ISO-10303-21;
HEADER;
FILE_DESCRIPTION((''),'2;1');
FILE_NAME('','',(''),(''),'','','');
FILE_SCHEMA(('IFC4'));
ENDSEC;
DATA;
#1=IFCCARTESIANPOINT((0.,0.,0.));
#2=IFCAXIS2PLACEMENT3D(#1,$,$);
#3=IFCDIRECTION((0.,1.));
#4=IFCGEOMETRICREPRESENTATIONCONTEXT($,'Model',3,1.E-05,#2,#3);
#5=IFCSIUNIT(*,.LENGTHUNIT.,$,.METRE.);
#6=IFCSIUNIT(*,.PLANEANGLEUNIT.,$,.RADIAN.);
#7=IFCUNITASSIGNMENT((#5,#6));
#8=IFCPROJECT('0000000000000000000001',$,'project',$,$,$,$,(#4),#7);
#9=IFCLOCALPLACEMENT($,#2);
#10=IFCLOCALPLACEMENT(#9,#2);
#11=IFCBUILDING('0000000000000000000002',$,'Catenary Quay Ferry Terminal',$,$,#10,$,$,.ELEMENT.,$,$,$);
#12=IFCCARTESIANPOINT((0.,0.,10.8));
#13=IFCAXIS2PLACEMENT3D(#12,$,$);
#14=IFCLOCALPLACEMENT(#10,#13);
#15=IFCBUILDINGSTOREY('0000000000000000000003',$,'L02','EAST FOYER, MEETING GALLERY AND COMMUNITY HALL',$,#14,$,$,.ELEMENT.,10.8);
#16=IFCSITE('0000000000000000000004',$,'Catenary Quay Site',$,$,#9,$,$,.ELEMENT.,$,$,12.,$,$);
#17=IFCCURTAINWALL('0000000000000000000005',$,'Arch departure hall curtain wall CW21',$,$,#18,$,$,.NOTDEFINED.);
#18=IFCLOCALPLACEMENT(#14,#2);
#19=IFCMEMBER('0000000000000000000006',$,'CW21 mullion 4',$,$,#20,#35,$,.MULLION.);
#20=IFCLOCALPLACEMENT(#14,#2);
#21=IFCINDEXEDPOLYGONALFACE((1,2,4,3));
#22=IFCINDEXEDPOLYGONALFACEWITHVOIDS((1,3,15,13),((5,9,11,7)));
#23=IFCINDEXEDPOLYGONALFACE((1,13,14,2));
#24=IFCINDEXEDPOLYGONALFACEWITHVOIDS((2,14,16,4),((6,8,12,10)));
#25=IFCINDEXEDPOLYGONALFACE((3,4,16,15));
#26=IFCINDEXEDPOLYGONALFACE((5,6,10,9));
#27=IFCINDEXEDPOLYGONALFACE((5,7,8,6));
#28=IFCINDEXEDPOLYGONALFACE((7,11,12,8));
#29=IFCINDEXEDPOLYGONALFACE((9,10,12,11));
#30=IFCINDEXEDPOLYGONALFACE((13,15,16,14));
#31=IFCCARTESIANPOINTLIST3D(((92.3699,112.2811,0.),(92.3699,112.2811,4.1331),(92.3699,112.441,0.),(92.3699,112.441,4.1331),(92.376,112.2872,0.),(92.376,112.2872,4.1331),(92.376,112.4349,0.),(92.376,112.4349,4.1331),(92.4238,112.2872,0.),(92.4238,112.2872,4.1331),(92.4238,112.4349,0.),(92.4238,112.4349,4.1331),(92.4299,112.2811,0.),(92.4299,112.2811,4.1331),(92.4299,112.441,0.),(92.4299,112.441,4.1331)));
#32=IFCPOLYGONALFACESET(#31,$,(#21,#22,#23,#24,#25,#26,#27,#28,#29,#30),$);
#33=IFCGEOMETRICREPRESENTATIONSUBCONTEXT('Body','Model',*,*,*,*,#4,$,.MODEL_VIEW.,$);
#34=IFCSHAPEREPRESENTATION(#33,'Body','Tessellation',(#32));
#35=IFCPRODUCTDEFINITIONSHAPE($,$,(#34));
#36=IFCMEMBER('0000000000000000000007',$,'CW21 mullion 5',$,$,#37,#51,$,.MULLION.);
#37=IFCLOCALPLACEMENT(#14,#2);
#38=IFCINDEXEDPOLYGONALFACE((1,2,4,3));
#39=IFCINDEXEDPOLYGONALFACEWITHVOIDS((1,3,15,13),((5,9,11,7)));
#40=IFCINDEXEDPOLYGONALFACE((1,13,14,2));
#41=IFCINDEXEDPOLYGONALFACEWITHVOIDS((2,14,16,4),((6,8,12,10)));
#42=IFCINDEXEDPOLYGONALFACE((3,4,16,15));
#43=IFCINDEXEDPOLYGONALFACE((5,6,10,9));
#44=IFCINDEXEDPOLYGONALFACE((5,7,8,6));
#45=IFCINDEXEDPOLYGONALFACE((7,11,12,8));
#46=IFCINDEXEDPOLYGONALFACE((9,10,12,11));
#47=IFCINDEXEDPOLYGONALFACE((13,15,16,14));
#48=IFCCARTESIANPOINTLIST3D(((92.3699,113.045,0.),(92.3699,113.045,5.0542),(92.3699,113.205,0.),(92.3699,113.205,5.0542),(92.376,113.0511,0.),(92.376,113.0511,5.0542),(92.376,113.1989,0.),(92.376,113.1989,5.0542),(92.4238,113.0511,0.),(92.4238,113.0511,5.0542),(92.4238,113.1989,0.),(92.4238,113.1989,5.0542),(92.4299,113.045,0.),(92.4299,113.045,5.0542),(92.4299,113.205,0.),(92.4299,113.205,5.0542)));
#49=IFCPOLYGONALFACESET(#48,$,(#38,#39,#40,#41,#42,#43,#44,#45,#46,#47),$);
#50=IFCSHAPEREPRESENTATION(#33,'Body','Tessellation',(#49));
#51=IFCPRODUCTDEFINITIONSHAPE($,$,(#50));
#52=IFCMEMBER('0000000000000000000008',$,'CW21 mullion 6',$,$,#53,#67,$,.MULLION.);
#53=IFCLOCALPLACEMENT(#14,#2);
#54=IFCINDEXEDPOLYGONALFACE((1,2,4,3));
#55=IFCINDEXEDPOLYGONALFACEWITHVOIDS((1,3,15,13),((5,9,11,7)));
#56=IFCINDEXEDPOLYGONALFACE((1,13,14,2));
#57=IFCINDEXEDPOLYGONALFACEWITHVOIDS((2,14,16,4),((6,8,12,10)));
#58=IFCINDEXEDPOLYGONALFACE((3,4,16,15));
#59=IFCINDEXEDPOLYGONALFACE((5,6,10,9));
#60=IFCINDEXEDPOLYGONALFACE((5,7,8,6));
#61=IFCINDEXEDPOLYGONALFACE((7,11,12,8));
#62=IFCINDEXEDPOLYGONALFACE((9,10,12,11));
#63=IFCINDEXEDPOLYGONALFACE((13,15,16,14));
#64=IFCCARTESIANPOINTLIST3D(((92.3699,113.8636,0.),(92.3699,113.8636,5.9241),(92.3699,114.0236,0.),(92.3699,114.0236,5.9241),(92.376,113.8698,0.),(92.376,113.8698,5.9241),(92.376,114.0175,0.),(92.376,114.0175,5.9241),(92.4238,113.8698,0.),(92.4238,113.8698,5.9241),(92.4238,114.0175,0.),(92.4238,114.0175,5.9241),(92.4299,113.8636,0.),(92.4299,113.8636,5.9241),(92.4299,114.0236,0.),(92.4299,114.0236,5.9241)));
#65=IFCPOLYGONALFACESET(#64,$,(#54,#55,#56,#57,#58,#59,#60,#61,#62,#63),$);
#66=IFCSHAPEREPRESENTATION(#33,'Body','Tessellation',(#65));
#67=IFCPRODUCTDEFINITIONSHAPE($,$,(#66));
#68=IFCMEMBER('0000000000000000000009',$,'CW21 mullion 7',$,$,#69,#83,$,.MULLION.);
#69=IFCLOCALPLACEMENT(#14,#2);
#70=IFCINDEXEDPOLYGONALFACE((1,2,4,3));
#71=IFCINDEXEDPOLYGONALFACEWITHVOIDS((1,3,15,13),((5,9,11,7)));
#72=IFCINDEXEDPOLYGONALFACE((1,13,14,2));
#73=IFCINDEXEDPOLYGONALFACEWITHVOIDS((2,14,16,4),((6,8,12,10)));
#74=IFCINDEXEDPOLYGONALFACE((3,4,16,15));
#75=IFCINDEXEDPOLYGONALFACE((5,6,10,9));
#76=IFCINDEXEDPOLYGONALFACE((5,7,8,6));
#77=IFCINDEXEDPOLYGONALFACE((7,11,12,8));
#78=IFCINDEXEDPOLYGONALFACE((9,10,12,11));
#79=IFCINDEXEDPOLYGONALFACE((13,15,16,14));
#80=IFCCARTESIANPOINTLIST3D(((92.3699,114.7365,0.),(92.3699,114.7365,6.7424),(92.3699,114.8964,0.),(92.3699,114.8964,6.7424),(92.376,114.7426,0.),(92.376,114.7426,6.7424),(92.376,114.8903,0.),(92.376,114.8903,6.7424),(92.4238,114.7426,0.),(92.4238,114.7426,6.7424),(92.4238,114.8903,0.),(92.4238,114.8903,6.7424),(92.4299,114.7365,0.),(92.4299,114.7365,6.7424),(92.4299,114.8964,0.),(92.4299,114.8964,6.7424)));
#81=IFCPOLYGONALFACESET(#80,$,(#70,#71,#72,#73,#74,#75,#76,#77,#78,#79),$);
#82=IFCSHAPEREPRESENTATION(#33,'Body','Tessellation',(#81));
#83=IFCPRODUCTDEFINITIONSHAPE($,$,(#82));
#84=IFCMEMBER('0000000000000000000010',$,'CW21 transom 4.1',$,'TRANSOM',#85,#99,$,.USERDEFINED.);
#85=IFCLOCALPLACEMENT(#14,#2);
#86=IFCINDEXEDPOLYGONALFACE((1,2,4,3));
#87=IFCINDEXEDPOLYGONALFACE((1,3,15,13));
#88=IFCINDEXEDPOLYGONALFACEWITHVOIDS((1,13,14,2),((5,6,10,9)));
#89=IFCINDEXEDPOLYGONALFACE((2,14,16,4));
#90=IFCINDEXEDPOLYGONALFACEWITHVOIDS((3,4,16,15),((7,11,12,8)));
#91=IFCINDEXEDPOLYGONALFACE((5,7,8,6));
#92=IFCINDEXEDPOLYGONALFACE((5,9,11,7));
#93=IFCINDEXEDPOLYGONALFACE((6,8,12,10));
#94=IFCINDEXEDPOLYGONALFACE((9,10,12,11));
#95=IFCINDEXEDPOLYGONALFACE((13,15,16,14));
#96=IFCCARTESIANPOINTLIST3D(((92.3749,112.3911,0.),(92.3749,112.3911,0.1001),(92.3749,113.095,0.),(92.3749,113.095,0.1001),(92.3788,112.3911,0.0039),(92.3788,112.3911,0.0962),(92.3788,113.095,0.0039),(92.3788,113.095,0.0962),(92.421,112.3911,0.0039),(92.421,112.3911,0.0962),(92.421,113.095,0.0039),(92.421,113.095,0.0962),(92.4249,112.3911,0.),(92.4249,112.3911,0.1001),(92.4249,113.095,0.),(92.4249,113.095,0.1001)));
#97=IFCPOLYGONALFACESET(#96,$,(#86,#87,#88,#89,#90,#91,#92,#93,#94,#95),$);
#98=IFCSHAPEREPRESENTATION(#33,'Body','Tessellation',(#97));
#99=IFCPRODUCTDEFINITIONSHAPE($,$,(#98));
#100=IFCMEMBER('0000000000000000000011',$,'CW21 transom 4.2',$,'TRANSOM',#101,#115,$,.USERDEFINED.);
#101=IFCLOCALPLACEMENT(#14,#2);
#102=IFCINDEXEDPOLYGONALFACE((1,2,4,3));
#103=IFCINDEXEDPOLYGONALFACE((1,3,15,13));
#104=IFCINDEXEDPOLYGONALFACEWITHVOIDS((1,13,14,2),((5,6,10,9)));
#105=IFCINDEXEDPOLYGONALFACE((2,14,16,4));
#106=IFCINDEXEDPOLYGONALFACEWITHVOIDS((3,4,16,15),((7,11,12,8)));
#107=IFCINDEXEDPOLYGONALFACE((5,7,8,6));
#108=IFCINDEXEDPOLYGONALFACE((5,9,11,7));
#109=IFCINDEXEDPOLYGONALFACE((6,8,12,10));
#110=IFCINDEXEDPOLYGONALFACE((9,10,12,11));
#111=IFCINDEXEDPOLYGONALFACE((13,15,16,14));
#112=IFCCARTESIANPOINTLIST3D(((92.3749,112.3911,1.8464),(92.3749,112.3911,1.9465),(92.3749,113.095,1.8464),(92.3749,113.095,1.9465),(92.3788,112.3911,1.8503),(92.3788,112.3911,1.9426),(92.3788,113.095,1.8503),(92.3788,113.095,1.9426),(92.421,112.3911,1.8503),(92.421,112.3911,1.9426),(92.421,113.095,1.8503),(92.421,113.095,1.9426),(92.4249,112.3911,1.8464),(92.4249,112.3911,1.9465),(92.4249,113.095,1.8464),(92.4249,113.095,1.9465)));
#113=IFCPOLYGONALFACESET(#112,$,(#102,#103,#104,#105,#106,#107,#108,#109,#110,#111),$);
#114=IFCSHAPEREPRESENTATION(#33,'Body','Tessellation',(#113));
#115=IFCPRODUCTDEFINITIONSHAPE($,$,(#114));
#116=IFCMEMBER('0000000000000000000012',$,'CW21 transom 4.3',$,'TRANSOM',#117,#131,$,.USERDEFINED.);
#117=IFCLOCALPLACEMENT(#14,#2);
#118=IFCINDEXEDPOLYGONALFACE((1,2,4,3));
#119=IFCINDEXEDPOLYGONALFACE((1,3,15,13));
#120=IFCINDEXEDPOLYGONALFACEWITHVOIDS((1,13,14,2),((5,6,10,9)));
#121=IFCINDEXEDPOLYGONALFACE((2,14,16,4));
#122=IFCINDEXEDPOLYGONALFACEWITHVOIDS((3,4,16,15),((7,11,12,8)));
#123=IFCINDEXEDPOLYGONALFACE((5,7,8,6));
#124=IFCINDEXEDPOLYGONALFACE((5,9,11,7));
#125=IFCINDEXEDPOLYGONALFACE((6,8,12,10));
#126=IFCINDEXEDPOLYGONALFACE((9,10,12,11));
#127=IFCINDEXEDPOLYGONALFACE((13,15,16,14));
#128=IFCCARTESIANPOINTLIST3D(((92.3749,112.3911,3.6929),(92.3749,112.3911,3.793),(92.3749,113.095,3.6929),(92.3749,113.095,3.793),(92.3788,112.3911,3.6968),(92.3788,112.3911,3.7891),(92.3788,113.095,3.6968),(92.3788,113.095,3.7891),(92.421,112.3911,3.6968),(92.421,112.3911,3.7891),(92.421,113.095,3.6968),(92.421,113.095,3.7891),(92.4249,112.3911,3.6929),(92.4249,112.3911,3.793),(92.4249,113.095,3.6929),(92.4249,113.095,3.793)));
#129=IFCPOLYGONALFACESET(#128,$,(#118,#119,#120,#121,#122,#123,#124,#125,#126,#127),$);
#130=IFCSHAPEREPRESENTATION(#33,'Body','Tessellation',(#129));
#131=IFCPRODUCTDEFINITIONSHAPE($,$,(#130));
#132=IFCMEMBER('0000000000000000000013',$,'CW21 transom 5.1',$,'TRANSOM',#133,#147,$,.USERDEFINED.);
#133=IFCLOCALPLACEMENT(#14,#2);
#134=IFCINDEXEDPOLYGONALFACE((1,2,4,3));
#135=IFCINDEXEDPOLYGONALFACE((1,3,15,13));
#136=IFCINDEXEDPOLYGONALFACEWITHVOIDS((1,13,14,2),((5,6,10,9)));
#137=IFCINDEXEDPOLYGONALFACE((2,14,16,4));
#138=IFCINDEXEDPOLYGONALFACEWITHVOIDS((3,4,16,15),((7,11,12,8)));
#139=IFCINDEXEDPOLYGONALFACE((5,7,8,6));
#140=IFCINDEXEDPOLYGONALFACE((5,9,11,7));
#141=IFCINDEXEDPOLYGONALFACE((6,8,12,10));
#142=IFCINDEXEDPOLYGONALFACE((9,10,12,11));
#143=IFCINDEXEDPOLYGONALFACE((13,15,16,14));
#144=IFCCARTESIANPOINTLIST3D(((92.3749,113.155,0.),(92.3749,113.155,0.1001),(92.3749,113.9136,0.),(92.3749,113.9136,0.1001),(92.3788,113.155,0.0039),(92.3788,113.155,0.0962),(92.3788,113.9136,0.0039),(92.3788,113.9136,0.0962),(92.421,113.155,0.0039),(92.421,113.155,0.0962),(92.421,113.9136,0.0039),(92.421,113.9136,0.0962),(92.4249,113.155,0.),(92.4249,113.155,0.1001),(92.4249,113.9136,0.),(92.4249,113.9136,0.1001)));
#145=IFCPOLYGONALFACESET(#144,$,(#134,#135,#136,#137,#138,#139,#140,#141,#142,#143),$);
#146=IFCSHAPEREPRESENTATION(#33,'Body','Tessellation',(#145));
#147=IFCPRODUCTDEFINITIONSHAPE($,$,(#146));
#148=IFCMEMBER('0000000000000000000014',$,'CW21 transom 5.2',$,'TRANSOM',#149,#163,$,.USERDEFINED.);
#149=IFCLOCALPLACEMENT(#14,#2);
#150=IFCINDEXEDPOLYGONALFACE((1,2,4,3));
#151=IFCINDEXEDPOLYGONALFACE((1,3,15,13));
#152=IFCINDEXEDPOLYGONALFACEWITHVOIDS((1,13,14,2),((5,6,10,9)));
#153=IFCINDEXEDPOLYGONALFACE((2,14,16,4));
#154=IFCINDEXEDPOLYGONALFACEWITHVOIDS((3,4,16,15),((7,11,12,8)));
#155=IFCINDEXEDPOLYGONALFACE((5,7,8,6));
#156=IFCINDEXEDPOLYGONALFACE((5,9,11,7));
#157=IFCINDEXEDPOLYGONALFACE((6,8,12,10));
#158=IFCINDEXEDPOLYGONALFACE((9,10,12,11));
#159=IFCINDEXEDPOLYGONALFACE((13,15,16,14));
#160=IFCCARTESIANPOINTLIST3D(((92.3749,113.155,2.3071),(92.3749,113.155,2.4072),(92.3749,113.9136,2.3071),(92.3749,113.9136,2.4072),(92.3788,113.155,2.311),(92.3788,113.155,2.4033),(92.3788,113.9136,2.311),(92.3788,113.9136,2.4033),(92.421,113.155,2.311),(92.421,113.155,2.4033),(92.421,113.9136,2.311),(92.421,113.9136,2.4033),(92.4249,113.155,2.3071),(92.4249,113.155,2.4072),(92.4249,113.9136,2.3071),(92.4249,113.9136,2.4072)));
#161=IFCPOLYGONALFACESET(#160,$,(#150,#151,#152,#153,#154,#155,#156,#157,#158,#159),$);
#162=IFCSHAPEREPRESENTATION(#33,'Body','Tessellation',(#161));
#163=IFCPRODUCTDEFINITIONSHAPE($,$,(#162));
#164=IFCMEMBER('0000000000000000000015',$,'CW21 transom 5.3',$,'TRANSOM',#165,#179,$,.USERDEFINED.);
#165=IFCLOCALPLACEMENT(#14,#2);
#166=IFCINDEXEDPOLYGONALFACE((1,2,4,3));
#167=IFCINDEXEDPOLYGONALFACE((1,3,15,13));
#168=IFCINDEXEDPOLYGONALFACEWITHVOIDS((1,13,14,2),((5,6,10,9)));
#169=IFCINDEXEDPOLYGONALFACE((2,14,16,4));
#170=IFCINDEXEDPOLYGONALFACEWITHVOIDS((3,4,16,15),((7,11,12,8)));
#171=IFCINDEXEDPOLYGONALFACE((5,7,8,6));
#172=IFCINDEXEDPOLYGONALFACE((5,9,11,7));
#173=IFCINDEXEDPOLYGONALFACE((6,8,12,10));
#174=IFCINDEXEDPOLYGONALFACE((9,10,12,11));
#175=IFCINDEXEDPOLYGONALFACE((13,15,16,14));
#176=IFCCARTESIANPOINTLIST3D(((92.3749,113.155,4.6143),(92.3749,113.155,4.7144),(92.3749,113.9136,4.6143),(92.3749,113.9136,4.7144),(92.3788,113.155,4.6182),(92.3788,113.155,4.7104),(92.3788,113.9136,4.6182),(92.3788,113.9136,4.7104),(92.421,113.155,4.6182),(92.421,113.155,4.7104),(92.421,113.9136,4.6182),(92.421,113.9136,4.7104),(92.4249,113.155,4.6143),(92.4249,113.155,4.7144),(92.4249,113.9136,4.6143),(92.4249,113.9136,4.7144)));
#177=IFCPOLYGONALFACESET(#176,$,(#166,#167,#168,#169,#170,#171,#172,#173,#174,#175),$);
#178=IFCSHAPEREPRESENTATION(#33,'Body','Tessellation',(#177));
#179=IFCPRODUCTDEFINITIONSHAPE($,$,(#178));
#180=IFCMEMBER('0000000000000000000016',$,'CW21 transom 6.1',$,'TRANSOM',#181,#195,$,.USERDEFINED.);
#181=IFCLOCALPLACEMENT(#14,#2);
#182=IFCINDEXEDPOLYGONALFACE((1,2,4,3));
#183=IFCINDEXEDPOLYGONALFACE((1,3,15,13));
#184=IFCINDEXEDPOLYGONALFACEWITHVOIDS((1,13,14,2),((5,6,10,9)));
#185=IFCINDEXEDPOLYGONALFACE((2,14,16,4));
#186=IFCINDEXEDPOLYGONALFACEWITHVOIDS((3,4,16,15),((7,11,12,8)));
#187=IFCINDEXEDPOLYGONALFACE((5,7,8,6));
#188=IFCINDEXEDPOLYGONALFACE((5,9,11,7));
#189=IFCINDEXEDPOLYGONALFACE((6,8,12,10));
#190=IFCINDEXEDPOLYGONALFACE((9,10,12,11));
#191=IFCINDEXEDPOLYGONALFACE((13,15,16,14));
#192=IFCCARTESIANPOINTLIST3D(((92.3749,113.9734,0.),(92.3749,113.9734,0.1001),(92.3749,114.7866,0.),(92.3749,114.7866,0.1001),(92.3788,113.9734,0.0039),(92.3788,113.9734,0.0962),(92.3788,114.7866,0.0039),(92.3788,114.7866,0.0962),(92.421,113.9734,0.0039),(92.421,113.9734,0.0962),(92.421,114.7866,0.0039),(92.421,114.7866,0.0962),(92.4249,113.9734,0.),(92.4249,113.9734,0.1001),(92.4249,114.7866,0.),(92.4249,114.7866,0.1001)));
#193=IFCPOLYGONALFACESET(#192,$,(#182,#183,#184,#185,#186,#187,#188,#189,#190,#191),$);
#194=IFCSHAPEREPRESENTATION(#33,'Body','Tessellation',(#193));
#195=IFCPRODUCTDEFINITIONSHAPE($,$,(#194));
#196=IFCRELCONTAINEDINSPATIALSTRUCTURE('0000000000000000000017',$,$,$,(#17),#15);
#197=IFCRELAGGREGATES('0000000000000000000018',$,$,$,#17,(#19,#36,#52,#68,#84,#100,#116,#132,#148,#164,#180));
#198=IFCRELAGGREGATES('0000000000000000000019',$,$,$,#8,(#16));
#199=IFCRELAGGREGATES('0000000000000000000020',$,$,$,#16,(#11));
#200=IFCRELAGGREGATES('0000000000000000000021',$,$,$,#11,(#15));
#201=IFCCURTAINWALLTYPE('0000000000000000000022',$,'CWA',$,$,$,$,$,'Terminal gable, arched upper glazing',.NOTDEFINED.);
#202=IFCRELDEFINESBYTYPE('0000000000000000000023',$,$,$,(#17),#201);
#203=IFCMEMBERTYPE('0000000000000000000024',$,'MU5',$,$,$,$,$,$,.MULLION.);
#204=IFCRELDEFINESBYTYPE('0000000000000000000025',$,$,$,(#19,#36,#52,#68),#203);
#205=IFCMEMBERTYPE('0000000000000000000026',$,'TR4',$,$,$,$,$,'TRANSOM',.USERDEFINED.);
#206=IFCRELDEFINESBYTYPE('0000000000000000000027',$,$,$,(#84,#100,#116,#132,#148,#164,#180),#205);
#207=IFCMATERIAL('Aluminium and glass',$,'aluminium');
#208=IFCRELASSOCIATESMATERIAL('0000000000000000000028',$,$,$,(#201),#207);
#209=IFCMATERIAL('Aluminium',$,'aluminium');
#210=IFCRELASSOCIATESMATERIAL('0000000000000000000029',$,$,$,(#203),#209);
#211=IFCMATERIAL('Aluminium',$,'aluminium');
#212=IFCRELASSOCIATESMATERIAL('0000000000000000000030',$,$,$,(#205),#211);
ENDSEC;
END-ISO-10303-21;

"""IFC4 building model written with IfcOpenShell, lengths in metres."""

from ifc_helpers import new_model, si_unit, direction, frame, origin, origin_2d, place, context, subcontext, project, spatial, hollow_rectangle, extrude, material, material_profile, profile_set, type_object, element, aggregate, save


model = new_model("IFC4")

# Units and contexts
model_context = context("Model", 3, precision=1e-05, world=origin(), true_north=direction((0.0, 1.0)))
body_context = subcontext(model_context, "Body", "Model", "MODEL_VIEW")
ifc_project = project(units=[si_unit("LENGTHUNIT", "METRE"), si_unit("PLANEANGLEUNIT", "RADIAN")], contexts=[model_context])

# Site, building, storey
site_placement = place(None, origin())
site = spatial("IfcSite", under=ifc_project, at=site_placement, Name="Catenary Quay Site", CompositionType="ELEMENT", RefElevation=12.0)
building_placement = place(site_placement, origin())
building = spatial("IfcBuilding", under=site, at=building_placement, Name="Catenary Quay Ferry Terminal", CompositionType="ELEMENT")
storey_placement = place(building_placement, frame((0.0, 0.0, 10.8)))
storey = spatial("IfcBuildingStorey", under=building, at=storey_placement, Name="L02", Description="EAST FOYER, MEETING GALLERY AND COMMUNITY HALL", CompositionType="ELEMENT", Elevation=10.8)

# Curtain wall, members
ifc_material_1 = material(Name="Aluminium and glass", Category="aluminium")
curtain_wall_type = type_object("IfcCurtainWallType", Name="CWA", ElementType="Terminal gable, arched upper glazing", PredefinedType="NOTDEFINED", material=ifc_material_1)
curtain_wall_placement = place(storey_placement, origin())
curtain_wall = element("IfcCurtainWall", 1, at=curtain_wall_placement, inside=storey, type_object=curtain_wall_type, Name="Arch departure hall curtain wall CW21", PredefinedType="NOTDEFINED")
ifc_material_2 = material(Name="Aluminium", Category="aluminium")
ifc_material_profile_1 = material_profile(ifc_material_2, hollow_rectangle(XDim=0.0601, YDim=0.1599, WallThickness=0.0061, at=origin_2d()), Name="MU5")
ifc_profile_set_1 = profile_set([ifc_material_profile_1], Name="Aluminium")
member_type_1 = type_object("IfcMemberType", Name="MU5", PredefinedType="MULLION", material=ifc_profile_set_1)
member_1_placement = place(storey_placement, frame((92.3999, 112.3611, 0.0), z_axis=(0.0, 0.0, 1.0), x_axis=(-1.0, 0.0, 0.0)))
member_1 = element("IfcMember", 2, at=member_1_placement, type_object=member_type_1, Name="CW21 mullion 4", PredefinedType="MULLION", context=body_context, shape_type="SweptSolid", body=[
    extrude(hollow_rectangle(XDim=0.0601, YDim=0.1599, WallThickness=0.0061, at=origin_2d()), origin(), (0.0, 0.0, 1.0), 4.1331),
])
member_2_placement = place(storey_placement, frame((92.3999, 113.125, 0.0), z_axis=(0.0, 0.0, 1.0), x_axis=(-1.0, 0.0, 0.0)))
member_2 = element("IfcMember", 3, at=member_2_placement, type_object=member_type_1, Name="CW21 mullion 5", PredefinedType="MULLION", context=body_context, shape_type="SweptSolid", body=[
    extrude(hollow_rectangle(XDim=0.0601, YDim=0.1599, WallThickness=0.0061, at=origin_2d()), origin(), (0.0, 0.0, 1.0), 5.0542),
])
member_3_placement = place(storey_placement, frame((92.3999, 113.9436, 0.0), z_axis=(0.0, 0.0, 1.0), x_axis=(-1.0, 0.0, 0.0)))
member_3 = element("IfcMember", 4, at=member_3_placement, type_object=member_type_1, Name="CW21 mullion 6", PredefinedType="MULLION", context=body_context, shape_type="SweptSolid", body=[
    extrude(hollow_rectangle(XDim=0.0601, YDim=0.1599, WallThickness=0.0061, at=origin_2d()), origin(), (0.0, 0.0, 1.0), 5.9241),
])
member_4_placement = place(storey_placement, frame((92.3999, 114.8164, 0.0), z_axis=(0.0, 0.0, 1.0), x_axis=(-1.0, 0.0, 0.0)))
member_4 = element("IfcMember", 5, at=member_4_placement, type_object=member_type_1, Name="CW21 mullion 7", PredefinedType="MULLION", context=body_context, shape_type="SweptSolid", body=[
    extrude(hollow_rectangle(XDim=0.0601, YDim=0.1599, WallThickness=0.0061, at=origin_2d()), origin(), (0.0, 0.0, 1.0), 6.7424),
])
ifc_material_3 = material(Name="Aluminium", Category="aluminium")
ifc_material_profile_2 = material_profile(ifc_material_3, hollow_rectangle(XDim=0.05, YDim=0.1001, WallThickness=0.0039, at=origin_2d()), Name="TR4")
ifc_profile_set_2 = profile_set([ifc_material_profile_2], Name="Aluminium")
member_type_2 = type_object("IfcMemberType", Name="TR4", ElementType="TRANSOM", PredefinedType="USERDEFINED", material=ifc_profile_set_2)
member_5_placement = place(storey_placement, frame((92.3999, 112.3911, 0.05), z_axis=(0.0, 1.0, 0.0), x_axis=(-1.0, 0.0, 0.0)))
member_5 = element("IfcMember", 6, at=member_5_placement, type_object=member_type_2, Name="CW21 transom 4.1", ObjectType="TRANSOM", PredefinedType="USERDEFINED", context=body_context, shape_type="SweptSolid", body=[
    extrude(hollow_rectangle(XDim=0.05, YDim=0.1001, WallThickness=0.0039, at=origin_2d()), origin(), (0.0, 0.0, 1.0), 0.7039),
])
member_6_placement = place(storey_placement, frame((92.3999, 112.3911, 1.8965), z_axis=(0.0, 1.0, 0.0), x_axis=(-1.0, 0.0, 0.0)))
member_6 = element("IfcMember", 7, at=member_6_placement, type_object=member_type_2, Name="CW21 transom 4.2", ObjectType="TRANSOM", PredefinedType="USERDEFINED", context=body_context, shape_type="SweptSolid", body=[
    extrude(hollow_rectangle(XDim=0.05, YDim=0.1001, WallThickness=0.0039, at=origin_2d()), origin(), (0.0, 0.0, 1.0), 0.7039),
])
member_7_placement = place(storey_placement, frame((92.3999, 112.3911, 3.7429), z_axis=(0.0, 1.0, 0.0), x_axis=(-1.0, 0.0, 0.0)))
member_7 = element("IfcMember", 8, at=member_7_placement, type_object=member_type_2, Name="CW21 transom 4.3", ObjectType="TRANSOM", PredefinedType="USERDEFINED", context=body_context, shape_type="SweptSolid", body=[
    extrude(hollow_rectangle(XDim=0.05, YDim=0.1001, WallThickness=0.0039, at=origin_2d()), origin(), (0.0, 0.0, 1.0), 0.7039),
])
member_8_placement = place(storey_placement, frame((92.3999, 113.155, 0.05), z_axis=(0.0, 1.0, 0.0), x_axis=(-1.0, 0.0, 0.0)))
member_8 = element("IfcMember", 9, at=member_8_placement, type_object=member_type_2, Name="CW21 transom 5.1", ObjectType="TRANSOM", PredefinedType="USERDEFINED", context=body_context, shape_type="SweptSolid", body=[
    extrude(hollow_rectangle(XDim=0.05, YDim=0.1001, WallThickness=0.0039, at=origin_2d()), origin(), (0.0, 0.0, 1.0), 0.7585),
])
member_9_placement = place(storey_placement, frame((92.3999, 113.155, 2.3572), z_axis=(0.0, 1.0, 0.0), x_axis=(-1.0, 0.0, 0.0)))
member_9 = element("IfcMember", 10, at=member_9_placement, type_object=member_type_2, Name="CW21 transom 5.2", ObjectType="TRANSOM", PredefinedType="USERDEFINED", context=body_context, shape_type="SweptSolid", body=[
    extrude(hollow_rectangle(XDim=0.05, YDim=0.1001, WallThickness=0.0039, at=origin_2d()), origin(), (0.0, 0.0, 1.0), 0.7585),
])
member_10_placement = place(storey_placement, frame((92.3999, 113.155, 4.6643), z_axis=(0.0, 1.0, 0.0), x_axis=(-1.0, 0.0, 0.0)))
member_10 = element("IfcMember", 11, at=member_10_placement, type_object=member_type_2, Name="CW21 transom 5.3", ObjectType="TRANSOM", PredefinedType="USERDEFINED", context=body_context, shape_type="SweptSolid", body=[
    extrude(hollow_rectangle(XDim=0.05, YDim=0.1001, WallThickness=0.0039, at=origin_2d()), origin(), (0.0, 0.0, 1.0), 0.7585),
])
member_11_placement = place(storey_placement, frame((92.3999, 113.9734, 0.05), z_axis=(0.0, 1.0, 0.0), x_axis=(-1.0, 0.0, 0.0)))
member_11 = element("IfcMember", 12, at=member_11_placement, type_object=member_type_2, Name="CW21 transom 6.1", ObjectType="TRANSOM", PredefinedType="USERDEFINED", context=body_context, shape_type="SweptSolid", body=[
    extrude(hollow_rectangle(XDim=0.05, YDim=0.1001, WallThickness=0.0039, at=origin_2d()), origin(), (0.0, 0.0, 1.0), 0.8132),
])

aggregate(curtain_wall, [member_1, member_2, member_3, member_4, member_5, member_6, member_7, member_8, member_9, member_10, member_11])

save(model, "model.ifc")
